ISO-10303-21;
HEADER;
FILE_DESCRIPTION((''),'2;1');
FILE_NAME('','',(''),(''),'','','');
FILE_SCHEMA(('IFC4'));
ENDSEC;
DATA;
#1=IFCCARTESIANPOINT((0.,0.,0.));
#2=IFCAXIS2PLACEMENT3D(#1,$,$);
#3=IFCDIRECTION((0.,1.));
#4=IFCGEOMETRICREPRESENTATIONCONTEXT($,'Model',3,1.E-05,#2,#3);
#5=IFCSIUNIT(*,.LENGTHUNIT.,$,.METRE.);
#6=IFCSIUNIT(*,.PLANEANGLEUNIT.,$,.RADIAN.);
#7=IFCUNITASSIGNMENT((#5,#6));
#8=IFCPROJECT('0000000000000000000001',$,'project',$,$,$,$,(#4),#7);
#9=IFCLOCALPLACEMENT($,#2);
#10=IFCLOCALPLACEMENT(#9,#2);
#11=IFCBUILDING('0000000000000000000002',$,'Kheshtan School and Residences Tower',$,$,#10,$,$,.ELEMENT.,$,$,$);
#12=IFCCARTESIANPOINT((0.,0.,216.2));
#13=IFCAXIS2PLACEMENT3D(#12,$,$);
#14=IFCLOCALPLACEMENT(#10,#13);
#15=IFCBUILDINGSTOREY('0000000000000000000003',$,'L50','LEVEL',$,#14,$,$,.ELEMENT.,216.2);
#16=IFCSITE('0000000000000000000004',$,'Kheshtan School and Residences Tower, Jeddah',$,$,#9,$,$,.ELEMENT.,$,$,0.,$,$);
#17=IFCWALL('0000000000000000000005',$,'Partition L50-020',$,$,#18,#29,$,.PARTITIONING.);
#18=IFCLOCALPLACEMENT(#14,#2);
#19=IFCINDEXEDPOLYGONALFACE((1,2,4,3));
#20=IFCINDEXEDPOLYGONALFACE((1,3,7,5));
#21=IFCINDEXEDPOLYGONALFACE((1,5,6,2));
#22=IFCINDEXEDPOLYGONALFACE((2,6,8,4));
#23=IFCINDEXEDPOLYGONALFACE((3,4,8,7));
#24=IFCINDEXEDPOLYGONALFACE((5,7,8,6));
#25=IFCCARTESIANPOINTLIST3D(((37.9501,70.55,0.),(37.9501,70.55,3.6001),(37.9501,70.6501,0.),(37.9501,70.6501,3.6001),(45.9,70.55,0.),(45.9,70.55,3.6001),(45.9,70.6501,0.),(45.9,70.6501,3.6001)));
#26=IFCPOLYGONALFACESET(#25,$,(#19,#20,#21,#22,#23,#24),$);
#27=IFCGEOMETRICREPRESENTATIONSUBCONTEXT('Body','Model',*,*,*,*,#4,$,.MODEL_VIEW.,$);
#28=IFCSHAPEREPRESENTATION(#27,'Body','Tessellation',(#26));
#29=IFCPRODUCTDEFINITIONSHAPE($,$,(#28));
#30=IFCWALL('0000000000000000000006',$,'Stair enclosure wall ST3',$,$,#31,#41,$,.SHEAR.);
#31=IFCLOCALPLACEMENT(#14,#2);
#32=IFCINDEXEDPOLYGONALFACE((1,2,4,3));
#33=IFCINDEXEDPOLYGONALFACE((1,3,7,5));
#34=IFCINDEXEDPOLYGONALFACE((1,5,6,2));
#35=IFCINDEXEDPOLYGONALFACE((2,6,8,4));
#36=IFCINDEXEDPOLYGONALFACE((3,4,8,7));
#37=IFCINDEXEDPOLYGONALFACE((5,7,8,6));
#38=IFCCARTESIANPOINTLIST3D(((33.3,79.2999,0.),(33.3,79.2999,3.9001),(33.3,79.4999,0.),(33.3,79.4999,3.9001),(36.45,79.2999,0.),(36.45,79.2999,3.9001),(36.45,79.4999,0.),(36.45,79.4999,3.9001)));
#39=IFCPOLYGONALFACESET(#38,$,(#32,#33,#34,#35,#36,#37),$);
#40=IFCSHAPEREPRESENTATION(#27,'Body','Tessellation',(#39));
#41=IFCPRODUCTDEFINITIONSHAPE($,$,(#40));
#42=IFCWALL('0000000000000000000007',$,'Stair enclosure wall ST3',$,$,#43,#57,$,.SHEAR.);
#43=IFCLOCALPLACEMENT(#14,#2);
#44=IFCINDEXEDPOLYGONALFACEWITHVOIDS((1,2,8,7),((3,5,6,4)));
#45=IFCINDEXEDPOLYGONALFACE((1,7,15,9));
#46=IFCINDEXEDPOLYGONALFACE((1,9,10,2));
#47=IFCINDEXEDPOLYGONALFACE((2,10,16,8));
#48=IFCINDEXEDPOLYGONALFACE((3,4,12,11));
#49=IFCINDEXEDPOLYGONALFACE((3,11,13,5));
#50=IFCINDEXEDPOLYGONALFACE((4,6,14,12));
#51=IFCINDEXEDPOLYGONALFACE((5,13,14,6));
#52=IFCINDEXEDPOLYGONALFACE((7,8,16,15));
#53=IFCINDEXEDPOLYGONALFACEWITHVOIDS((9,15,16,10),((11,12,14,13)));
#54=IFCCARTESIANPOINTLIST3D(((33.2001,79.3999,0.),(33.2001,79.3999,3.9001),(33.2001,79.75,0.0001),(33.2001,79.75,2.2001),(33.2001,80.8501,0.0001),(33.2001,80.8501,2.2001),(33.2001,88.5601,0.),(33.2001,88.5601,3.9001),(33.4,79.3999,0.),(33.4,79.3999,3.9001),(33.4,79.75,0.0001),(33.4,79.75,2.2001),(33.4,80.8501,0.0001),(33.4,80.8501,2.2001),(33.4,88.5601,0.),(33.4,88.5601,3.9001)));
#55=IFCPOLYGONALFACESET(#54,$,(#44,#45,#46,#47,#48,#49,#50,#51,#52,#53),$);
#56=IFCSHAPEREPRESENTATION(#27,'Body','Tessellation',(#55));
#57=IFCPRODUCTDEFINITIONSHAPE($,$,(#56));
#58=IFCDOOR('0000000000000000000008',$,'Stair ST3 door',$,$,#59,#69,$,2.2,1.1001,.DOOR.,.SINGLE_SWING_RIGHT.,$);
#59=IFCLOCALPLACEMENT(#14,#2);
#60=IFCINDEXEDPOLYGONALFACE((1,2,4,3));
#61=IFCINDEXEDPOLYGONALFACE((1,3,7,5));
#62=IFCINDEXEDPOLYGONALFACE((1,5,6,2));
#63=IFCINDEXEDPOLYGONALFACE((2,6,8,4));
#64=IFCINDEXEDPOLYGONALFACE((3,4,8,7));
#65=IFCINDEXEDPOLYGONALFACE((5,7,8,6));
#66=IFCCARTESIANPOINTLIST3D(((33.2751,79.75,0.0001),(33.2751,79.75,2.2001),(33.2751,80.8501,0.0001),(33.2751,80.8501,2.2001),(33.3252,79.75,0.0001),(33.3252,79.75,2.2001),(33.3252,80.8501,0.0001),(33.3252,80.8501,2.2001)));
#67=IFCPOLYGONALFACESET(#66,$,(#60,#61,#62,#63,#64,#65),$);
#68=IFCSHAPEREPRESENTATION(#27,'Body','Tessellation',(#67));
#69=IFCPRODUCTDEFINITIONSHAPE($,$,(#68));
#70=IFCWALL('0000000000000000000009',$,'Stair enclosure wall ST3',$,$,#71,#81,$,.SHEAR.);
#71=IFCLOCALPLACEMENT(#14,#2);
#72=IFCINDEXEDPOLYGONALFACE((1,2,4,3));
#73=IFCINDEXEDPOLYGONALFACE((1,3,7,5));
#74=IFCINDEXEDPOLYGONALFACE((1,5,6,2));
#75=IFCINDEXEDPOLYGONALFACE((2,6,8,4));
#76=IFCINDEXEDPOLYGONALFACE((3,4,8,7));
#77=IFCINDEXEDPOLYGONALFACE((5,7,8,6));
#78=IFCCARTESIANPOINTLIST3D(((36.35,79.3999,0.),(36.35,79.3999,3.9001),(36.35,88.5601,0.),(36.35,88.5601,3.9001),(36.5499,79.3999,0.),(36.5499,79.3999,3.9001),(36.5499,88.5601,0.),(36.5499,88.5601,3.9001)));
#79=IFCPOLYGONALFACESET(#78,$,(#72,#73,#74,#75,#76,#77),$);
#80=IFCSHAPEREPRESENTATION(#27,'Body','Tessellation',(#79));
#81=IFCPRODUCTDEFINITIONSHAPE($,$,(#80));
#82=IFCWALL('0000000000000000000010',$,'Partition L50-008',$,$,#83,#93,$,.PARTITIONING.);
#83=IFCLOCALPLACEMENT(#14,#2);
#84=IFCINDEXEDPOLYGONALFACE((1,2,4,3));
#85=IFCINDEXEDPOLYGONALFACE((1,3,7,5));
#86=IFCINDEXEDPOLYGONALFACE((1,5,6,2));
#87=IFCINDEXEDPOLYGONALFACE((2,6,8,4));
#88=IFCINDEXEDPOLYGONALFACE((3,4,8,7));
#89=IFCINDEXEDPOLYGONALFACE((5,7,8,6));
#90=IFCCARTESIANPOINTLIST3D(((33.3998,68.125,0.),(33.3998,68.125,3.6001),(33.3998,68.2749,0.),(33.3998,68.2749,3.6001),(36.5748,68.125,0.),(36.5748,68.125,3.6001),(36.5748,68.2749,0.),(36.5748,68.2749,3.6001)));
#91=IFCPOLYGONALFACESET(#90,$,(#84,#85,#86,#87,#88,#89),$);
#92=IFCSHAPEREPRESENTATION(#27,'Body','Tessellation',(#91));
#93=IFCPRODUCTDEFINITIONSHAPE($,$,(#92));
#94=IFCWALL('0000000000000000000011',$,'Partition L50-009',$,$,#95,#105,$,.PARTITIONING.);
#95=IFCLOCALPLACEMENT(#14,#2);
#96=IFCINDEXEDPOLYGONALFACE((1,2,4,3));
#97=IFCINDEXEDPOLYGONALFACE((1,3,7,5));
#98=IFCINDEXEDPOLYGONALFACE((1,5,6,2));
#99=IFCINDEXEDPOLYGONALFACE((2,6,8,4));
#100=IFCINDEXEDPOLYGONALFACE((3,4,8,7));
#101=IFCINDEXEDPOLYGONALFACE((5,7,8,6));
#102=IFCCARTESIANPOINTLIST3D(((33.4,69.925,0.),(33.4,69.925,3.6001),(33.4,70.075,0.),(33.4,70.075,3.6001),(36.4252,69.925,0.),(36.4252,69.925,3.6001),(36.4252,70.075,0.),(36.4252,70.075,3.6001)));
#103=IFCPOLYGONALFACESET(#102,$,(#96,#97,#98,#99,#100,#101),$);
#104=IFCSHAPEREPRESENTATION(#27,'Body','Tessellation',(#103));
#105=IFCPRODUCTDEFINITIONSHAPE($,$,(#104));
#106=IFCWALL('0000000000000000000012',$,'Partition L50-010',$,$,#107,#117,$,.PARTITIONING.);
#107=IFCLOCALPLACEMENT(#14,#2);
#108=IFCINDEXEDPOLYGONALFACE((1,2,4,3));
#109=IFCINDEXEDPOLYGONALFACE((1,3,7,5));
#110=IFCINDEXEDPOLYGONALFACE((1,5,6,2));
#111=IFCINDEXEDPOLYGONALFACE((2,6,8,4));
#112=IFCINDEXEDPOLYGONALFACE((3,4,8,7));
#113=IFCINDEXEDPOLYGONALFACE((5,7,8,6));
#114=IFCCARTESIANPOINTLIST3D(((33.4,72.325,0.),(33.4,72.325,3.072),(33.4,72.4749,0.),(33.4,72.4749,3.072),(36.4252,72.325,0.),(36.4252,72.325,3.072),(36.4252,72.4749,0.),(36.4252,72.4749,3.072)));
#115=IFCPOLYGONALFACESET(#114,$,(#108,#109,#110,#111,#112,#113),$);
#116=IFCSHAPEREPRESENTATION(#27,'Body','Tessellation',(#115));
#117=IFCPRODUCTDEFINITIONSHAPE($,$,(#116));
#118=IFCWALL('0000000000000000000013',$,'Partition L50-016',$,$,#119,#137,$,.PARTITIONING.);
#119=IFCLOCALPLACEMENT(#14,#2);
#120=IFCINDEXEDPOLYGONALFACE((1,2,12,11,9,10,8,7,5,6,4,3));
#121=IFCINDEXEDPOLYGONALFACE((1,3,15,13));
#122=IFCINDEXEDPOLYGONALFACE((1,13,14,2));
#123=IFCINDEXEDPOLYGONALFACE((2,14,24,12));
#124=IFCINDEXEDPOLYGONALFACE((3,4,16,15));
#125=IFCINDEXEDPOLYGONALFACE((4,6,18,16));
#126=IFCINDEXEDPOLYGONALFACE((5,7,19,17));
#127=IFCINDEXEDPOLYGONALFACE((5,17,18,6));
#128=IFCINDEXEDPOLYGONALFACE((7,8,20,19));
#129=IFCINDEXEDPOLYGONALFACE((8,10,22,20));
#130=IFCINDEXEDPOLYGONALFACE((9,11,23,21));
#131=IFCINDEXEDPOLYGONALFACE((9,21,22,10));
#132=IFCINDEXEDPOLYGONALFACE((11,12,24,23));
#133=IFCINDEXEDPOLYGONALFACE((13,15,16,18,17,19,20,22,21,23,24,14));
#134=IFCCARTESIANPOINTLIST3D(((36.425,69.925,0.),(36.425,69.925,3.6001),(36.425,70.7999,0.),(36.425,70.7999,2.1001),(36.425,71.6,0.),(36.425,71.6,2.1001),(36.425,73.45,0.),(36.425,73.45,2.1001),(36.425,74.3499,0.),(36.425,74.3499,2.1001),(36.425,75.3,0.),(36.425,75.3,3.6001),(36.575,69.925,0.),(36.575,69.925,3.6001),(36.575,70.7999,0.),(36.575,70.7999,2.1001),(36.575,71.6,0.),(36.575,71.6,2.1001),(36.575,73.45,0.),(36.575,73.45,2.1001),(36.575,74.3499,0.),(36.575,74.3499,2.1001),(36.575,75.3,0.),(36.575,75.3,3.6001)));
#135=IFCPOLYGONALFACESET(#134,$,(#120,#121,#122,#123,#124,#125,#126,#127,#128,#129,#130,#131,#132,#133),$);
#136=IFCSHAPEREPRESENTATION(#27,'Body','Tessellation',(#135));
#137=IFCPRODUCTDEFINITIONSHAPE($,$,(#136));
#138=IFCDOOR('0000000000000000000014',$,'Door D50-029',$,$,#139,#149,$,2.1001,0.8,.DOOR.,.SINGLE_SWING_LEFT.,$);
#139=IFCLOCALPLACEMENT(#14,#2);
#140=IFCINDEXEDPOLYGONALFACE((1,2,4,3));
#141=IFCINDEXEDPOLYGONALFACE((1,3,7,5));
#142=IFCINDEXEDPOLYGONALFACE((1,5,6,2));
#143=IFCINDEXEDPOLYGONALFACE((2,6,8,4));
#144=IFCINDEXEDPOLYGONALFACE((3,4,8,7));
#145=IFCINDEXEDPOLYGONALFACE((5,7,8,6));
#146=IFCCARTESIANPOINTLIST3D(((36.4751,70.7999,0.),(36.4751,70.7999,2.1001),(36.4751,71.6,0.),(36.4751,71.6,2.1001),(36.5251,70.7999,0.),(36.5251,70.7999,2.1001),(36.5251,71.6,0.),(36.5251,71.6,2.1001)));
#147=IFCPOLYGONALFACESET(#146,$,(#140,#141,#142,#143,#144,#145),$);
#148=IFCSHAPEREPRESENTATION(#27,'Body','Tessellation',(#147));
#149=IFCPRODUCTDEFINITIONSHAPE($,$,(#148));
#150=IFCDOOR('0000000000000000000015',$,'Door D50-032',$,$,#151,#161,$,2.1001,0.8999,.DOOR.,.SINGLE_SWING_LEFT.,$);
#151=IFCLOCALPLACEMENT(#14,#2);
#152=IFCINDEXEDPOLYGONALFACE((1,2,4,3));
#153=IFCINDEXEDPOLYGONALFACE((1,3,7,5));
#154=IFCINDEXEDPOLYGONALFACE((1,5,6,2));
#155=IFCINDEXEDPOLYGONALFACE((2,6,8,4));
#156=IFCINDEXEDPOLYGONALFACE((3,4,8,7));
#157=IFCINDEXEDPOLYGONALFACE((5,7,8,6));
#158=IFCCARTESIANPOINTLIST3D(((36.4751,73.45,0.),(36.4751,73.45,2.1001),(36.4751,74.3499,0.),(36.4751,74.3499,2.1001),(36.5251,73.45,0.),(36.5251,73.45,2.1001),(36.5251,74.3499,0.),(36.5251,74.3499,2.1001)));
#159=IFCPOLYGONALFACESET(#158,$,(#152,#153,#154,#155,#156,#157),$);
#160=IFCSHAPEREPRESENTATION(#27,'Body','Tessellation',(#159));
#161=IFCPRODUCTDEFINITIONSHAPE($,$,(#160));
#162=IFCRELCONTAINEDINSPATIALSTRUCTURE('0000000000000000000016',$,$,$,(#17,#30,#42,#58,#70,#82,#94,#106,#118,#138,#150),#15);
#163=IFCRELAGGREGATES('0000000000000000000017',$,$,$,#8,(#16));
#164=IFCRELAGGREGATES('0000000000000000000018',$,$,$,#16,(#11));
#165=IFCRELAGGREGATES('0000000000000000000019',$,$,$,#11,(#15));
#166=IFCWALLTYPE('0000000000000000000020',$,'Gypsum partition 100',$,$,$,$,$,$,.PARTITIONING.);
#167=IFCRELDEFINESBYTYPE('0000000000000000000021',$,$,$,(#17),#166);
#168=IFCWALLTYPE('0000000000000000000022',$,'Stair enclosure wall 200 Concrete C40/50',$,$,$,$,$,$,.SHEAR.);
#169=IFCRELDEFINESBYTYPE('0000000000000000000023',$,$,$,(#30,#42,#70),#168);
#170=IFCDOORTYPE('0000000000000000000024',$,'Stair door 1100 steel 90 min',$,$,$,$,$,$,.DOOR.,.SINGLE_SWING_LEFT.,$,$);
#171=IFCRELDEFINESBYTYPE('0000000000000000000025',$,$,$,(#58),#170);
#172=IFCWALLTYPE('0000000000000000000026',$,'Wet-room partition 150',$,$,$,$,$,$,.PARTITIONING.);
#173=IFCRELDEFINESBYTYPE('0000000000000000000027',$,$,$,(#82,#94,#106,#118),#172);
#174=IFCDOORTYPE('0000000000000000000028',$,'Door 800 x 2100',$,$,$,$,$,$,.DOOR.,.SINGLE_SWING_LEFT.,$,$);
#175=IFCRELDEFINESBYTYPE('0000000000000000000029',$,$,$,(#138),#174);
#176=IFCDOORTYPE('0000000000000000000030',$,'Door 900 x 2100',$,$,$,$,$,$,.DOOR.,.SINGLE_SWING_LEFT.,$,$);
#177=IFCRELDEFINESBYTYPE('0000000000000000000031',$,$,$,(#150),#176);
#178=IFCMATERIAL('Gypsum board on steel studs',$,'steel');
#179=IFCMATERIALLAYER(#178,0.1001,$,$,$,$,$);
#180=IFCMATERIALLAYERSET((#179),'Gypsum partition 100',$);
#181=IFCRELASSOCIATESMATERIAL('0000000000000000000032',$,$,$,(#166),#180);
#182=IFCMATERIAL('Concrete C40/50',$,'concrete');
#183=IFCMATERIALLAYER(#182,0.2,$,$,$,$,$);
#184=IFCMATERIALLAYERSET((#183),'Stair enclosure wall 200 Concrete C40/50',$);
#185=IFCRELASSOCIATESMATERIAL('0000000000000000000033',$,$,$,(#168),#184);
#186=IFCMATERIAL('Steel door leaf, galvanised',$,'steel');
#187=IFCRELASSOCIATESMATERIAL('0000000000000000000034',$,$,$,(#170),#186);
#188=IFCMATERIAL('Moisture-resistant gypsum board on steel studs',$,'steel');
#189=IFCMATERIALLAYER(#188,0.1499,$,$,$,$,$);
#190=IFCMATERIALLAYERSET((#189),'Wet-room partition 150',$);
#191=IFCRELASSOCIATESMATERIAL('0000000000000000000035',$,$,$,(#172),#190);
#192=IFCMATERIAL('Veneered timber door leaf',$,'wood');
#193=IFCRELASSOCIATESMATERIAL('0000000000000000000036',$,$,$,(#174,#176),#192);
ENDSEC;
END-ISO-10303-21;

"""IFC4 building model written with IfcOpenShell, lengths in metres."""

from ifc_helpers import new_model, si_unit, direction, frame, frame_2d, origin, place, context, subcontext, project, spatial, rectangle, extrude, source, transform, mapped, material, layer, layer_set, type_object, element, fill, save


model = new_model("IFC4")

# Units and contexts
model_context = context("Model", 3, precision=1e-05, world=origin(), true_north=direction((0.0, 1.0)))
body_context = subcontext(model_context, "Body", "Model", "MODEL_VIEW")
ifc_project = project(units=[si_unit("LENGTHUNIT", "METRE"), si_unit("PLANEANGLEUNIT", "RADIAN")], contexts=[model_context])

# Site, building, storey
site_placement = place(None, origin())
site = spatial("IfcSite", under=ifc_project, at=site_placement, Name="Kheshtan School and Residences Tower, Jeddah", CompositionType="ELEMENT", RefElevation=0.0)
building_placement = place(site_placement, origin())
building = spatial("IfcBuilding", under=site, at=building_placement, Name="Kheshtan School and Residences Tower", CompositionType="ELEMENT")
storey_placement = place(building_placement, frame((0.0, 0.0, 216.2)))
storey = spatial("IfcBuildingStorey", under=building, at=storey_placement, Name="L50", Description="LEVEL", CompositionType="ELEMENT", Elevation=216.2)

# Walls
ifc_material_1 = material(Name="Gypsum board on steel studs", Category="steel")
ifc_layer_1 = layer(ifc_material_1, 0.1001)
ifc_layer_set_1 = layer_set([ifc_layer_1], Name="Gypsum partition 100")
wall_type_1 = type_object("IfcWallType", Name="Gypsum partition 100", PredefinedType="PARTITIONING", material=ifc_layer_set_1)
wall_1_placement = place(storey_placement, frame((37.95, 70.6001, 0.0), z_axis=(0.0, 0.0, 1.0), x_axis=(1.0, 0.0, 0.0)))
element("IfcWall", 1, at=wall_1_placement, inside=storey, type_object=wall_type_1, Name="Partition L50-020", PredefinedType="PARTITIONING", context=body_context, shape_type="SweptSolid", body=[
    extrude(rectangle(XDim=7.95, YDim=0.1001, at=frame_2d((3.9751, 0.0))), origin(), (0.0, 0.0, 1.0), 3.6001),
])
ifc_material_2 = material(Name="Concrete C40/50", Category="concrete")
ifc_layer_2 = layer(ifc_material_2, 0.2)
ifc_layer_set_2 = layer_set([ifc_layer_2], Name="Stair enclosure wall 200 Concrete C40/50")
wall_type_2 = type_object("IfcWallType", Name="Stair enclosure wall 200 Concrete C40/50", PredefinedType="SHEAR", material=ifc_layer_set_2)
wall_2_placement = place(storey_placement, frame((33.3, 79.3999, 0.0), z_axis=(0.0, 0.0, 1.0), x_axis=(1.0, 0.0, 0.0)))
element("IfcWall", 2, at=wall_2_placement, inside=storey, type_object=wall_type_2, Name="Stair enclosure wall ST3", PredefinedType="SHEAR", context=body_context, shape_type="SweptSolid", body=[
    extrude(rectangle(XDim=3.1499, YDim=0.2, at=frame_2d((1.575, 0.0))), origin(), (0.0, 0.0, 1.0), 3.9001),
])

# Wall, opening, door
wall_3_placement = place(storey_placement, frame((33.3, 79.3999, 0.0), z_axis=(0.0, 0.0, 1.0), x_axis=(0.0, 1.0, 0.0)))
wall_3 = element("IfcWall", 3, at=wall_3_placement, inside=storey, type_object=wall_type_2, Name="Stair enclosure wall ST3", PredefinedType="SHEAR", context=body_context, shape_type="SweptSolid", body=[
    extrude(rectangle(XDim=9.1602, YDim=0.2, at=frame_2d((4.5801, 0.0))), origin(), (0.0, 0.0, 1.0), 3.9001),
])
opening_1_placement = place(wall_3_placement, frame((0.3501, 0.0, 0.0)))
opening_1 = element("IfcOpeningElement", 4, at=opening_1_placement, cuts=wall_3, PredefinedType="OPENING", context=body_context, shape_type="SweptSolid", body=[
    extrude(rectangle(XDim=1.1001, YDim=2.2, at=frame_2d((0.55, 1.1001))), frame((0.0, 0.1099, 0.0), z_axis=(0.0, -1.0, 0.0), x_axis=(1.0, 0.0, 0.0)), (0.0, 0.0, 1.0), 0.22),
])
ifc_material_3 = material(Name="Steel door leaf, galvanised", Category="steel")
door_type_1 = type_object("IfcDoorType", Name="Stair door 1100 steel 90 min", OperationType="SINGLE_SWING_LEFT", PredefinedType="DOOR", material=ifc_material_3)
shared_shape_1 = source(origin(), body_context, "Body", "SweptSolid", [
    extrude(rectangle(XDim=1.1001, YDim=2.2, at=frame_2d((0.55, 1.1001))), frame((0.0, 0.0249, 0.0), z_axis=(0.0, -1.0, 0.0), x_axis=(1.0, 0.0, 0.0)), (0.0, 0.0, 1.0), 0.05),
])
door_1_placement = place(opening_1_placement, origin())
door_1 = element("IfcDoor", 5, at=door_1_placement, inside=storey, type_object=door_type_1, Name="Stair ST3 door", OperationType="SINGLE_SWING_RIGHT", OverallHeight=2.2, OverallWidth=1.1001, PredefinedType="DOOR", context=body_context, shape_type="MappedRepresentation", body=[
    mapped(shared_shape_1, transform((0.0, 0.0, 0.0), x_axis=(1.0, 0.0, 0.0), y_axis=(0.0, 1.0, 0.0), z_axis=(0.0, 0.0, 1.0), scale=1.0)),
])
fill(opening_1, door_1)

# Walls
wall_4_placement = place(storey_placement, frame((36.45, 79.3999, 0.0), z_axis=(0.0, 0.0, 1.0), x_axis=(0.0, 1.0, 0.0)))
element("IfcWall", 6, at=wall_4_placement, inside=storey, type_object=wall_type_2, Name="Stair enclosure wall ST3", PredefinedType="SHEAR", context=body_context, shape_type="SweptSolid", body=[
    extrude(rectangle(XDim=9.1602, YDim=0.2, at=frame_2d((4.5801, 0.0))), origin(), (0.0, 0.0, 1.0), 3.9001),
])
ifc_material_4 = material(Name="Moisture-resistant gypsum board on steel studs", Category="steel")
ifc_layer_3 = layer(ifc_material_4, 0.1499)
ifc_layer_set_3 = layer_set([ifc_layer_3], Name="Wet-room partition 150")
wall_type_3 = type_object("IfcWallType", Name="Wet-room partition 150", PredefinedType="PARTITIONING", material=ifc_layer_set_3)
wall_5_placement = place(storey_placement, frame((33.3999, 68.2, 0.0), z_axis=(0.0, 0.0, 1.0), x_axis=(1.0, 0.0, 0.0)))
element("IfcWall", 7, at=wall_5_placement, inside=storey, type_object=wall_type_3, Name="Partition L50-008", PredefinedType="PARTITIONING", context=body_context, shape_type="SweptSolid", body=[
    extrude(rectangle(XDim=3.175, YDim=0.1499, at=frame_2d((1.5874, 0.0))), origin(), (0.0, 0.0, 1.0), 3.6001),
])
wall_6_placement = place(storey_placement, frame((33.3999, 70.0, 0.0), z_axis=(0.0, 0.0, 1.0), x_axis=(1.0, 0.0, 0.0)))
element("IfcWall", 8, at=wall_6_placement, inside=storey, type_object=wall_type_3, Name="Partition L50-009", PredefinedType="PARTITIONING", context=body_context, shape_type="SweptSolid", body=[
    extrude(rectangle(XDim=3.0251, YDim=0.1499, at=frame_2d((1.5127, 0.0))), origin(), (0.0, 0.0, 1.0), 3.6001),
])
wall_7_placement = place(storey_placement, frame((33.3999, 72.3999, 0.0), z_axis=(0.0, 0.0, 1.0), x_axis=(1.0, 0.0, 0.0)))
element("IfcWall", 9, at=wall_7_placement, inside=storey, type_object=wall_type_3, Name="Partition L50-010", PredefinedType="PARTITIONING", context=body_context, shape_type="SweptSolid", body=[
    extrude(rectangle(XDim=3.0251, YDim=0.1499, at=frame_2d((1.5127, 0.0))), origin(), (0.0, 0.0, 1.0), 3.072),
])

# Wall, openings, doors
wall_8_placement = place(storey_placement, frame((36.5, 69.925, 0.0), z_axis=(0.0, 0.0, 1.0), x_axis=(0.0, 1.0, 0.0)))
wall_8 = element("IfcWall", 10, at=wall_8_placement, inside=storey, type_object=wall_type_3, Name="Partition L50-016", PredefinedType="PARTITIONING", context=body_context, shape_type="SweptSolid", body=[
    extrude(rectangle(XDim=5.375, YDim=0.1499, at=frame_2d((2.6875, 0.0))), origin(), (0.0, 0.0, 1.0), 3.6001),
])
opening_2_placement = place(wall_8_placement, frame((0.875, 0.0, 0.0)))
opening_2 = element("IfcOpeningElement", 11, at=opening_2_placement, cuts=wall_8, PredefinedType="OPENING", context=body_context, shape_type="SweptSolid", body=[
    extrude(rectangle(XDim=0.8, YDim=2.1001, at=frame_2d((0.3999, 1.05))), frame((0.0, 0.085, 0.0), z_axis=(0.0, -1.0, 0.0), x_axis=(1.0, 0.0, 0.0)), (0.0, 0.0, 1.0), 0.1699),
])
opening_3_placement = place(wall_8_placement, frame((3.5249, 0.0, 0.0)))
opening_3 = element("IfcOpeningElement", 12, at=opening_3_placement, cuts=wall_8, PredefinedType="OPENING", context=body_context, shape_type="SweptSolid", body=[
    extrude(rectangle(XDim=0.8999, YDim=2.1001, at=frame_2d((0.45, 1.05))), frame((0.0, 0.085, 0.0), z_axis=(0.0, -1.0, 0.0), x_axis=(1.0, 0.0, 0.0)), (0.0, 0.0, 1.0), 0.1699),
])
ifc_material_5 = material(Name="Veneered timber door leaf", Category="wood")
door_type_2 = type_object("IfcDoorType", Name="Door 800 x 2100", OperationType="SINGLE_SWING_LEFT", PredefinedType="DOOR", material=ifc_material_5)
shared_shape_2 = source(origin(), body_context, "Body", "SweptSolid", [
    extrude(rectangle(XDim=0.8, YDim=2.1001, at=frame_2d((0.3999, 1.05))), frame((0.0, 0.0249, 0.0), z_axis=(0.0, -1.0, 0.0), x_axis=(1.0, 0.0, 0.0)), (0.0, 0.0, 1.0), 0.05),
])
door_2_placement = place(opening_2_placement, origin())
door_2 = element("IfcDoor", 13, at=door_2_placement, inside=storey, type_object=door_type_2, Name="Door D50-029", OperationType="SINGLE_SWING_LEFT", OverallHeight=2.1001, OverallWidth=0.8, PredefinedType="DOOR", context=body_context, shape_type="MappedRepresentation", body=[
    mapped(shared_shape_2, transform((0.0, 0.0, 0.0), x_axis=(1.0, 0.0, 0.0), y_axis=(0.0, 1.0, 0.0), z_axis=(0.0, 0.0, 1.0), scale=1.0)),
])
fill(opening_2, door_2)
door_type_3 = type_object("IfcDoorType", Name="Door 900 x 2100", OperationType="SINGLE_SWING_LEFT", PredefinedType="DOOR", material=ifc_material_5)
shared_shape_3 = source(origin(), body_context, "Body", "SweptSolid", [
    extrude(rectangle(XDim=0.8999, YDim=2.1001, at=frame_2d((0.45, 1.05))), frame((0.0, 0.0249, 0.0), z_axis=(0.0, -1.0, 0.0), x_axis=(1.0, 0.0, 0.0)), (0.0, 0.0, 1.0), 0.05),
])
door_3_placement = place(opening_3_placement, origin())
door_3 = element("IfcDoor", 14, at=door_3_placement, inside=storey, type_object=door_type_3, Name="Door D50-032", OperationType="SINGLE_SWING_LEFT", OverallHeight=2.1001, OverallWidth=0.8999, PredefinedType="DOOR", context=body_context, shape_type="MappedRepresentation", body=[
    mapped(shared_shape_3, transform((0.0, 0.0, 0.0), x_axis=(1.0, 0.0, 0.0), y_axis=(0.0, 1.0, 0.0), z_axis=(0.0, 0.0, 1.0), scale=1.0)),
])
fill(opening_3, door_3)

save(model, "model.ifc")
